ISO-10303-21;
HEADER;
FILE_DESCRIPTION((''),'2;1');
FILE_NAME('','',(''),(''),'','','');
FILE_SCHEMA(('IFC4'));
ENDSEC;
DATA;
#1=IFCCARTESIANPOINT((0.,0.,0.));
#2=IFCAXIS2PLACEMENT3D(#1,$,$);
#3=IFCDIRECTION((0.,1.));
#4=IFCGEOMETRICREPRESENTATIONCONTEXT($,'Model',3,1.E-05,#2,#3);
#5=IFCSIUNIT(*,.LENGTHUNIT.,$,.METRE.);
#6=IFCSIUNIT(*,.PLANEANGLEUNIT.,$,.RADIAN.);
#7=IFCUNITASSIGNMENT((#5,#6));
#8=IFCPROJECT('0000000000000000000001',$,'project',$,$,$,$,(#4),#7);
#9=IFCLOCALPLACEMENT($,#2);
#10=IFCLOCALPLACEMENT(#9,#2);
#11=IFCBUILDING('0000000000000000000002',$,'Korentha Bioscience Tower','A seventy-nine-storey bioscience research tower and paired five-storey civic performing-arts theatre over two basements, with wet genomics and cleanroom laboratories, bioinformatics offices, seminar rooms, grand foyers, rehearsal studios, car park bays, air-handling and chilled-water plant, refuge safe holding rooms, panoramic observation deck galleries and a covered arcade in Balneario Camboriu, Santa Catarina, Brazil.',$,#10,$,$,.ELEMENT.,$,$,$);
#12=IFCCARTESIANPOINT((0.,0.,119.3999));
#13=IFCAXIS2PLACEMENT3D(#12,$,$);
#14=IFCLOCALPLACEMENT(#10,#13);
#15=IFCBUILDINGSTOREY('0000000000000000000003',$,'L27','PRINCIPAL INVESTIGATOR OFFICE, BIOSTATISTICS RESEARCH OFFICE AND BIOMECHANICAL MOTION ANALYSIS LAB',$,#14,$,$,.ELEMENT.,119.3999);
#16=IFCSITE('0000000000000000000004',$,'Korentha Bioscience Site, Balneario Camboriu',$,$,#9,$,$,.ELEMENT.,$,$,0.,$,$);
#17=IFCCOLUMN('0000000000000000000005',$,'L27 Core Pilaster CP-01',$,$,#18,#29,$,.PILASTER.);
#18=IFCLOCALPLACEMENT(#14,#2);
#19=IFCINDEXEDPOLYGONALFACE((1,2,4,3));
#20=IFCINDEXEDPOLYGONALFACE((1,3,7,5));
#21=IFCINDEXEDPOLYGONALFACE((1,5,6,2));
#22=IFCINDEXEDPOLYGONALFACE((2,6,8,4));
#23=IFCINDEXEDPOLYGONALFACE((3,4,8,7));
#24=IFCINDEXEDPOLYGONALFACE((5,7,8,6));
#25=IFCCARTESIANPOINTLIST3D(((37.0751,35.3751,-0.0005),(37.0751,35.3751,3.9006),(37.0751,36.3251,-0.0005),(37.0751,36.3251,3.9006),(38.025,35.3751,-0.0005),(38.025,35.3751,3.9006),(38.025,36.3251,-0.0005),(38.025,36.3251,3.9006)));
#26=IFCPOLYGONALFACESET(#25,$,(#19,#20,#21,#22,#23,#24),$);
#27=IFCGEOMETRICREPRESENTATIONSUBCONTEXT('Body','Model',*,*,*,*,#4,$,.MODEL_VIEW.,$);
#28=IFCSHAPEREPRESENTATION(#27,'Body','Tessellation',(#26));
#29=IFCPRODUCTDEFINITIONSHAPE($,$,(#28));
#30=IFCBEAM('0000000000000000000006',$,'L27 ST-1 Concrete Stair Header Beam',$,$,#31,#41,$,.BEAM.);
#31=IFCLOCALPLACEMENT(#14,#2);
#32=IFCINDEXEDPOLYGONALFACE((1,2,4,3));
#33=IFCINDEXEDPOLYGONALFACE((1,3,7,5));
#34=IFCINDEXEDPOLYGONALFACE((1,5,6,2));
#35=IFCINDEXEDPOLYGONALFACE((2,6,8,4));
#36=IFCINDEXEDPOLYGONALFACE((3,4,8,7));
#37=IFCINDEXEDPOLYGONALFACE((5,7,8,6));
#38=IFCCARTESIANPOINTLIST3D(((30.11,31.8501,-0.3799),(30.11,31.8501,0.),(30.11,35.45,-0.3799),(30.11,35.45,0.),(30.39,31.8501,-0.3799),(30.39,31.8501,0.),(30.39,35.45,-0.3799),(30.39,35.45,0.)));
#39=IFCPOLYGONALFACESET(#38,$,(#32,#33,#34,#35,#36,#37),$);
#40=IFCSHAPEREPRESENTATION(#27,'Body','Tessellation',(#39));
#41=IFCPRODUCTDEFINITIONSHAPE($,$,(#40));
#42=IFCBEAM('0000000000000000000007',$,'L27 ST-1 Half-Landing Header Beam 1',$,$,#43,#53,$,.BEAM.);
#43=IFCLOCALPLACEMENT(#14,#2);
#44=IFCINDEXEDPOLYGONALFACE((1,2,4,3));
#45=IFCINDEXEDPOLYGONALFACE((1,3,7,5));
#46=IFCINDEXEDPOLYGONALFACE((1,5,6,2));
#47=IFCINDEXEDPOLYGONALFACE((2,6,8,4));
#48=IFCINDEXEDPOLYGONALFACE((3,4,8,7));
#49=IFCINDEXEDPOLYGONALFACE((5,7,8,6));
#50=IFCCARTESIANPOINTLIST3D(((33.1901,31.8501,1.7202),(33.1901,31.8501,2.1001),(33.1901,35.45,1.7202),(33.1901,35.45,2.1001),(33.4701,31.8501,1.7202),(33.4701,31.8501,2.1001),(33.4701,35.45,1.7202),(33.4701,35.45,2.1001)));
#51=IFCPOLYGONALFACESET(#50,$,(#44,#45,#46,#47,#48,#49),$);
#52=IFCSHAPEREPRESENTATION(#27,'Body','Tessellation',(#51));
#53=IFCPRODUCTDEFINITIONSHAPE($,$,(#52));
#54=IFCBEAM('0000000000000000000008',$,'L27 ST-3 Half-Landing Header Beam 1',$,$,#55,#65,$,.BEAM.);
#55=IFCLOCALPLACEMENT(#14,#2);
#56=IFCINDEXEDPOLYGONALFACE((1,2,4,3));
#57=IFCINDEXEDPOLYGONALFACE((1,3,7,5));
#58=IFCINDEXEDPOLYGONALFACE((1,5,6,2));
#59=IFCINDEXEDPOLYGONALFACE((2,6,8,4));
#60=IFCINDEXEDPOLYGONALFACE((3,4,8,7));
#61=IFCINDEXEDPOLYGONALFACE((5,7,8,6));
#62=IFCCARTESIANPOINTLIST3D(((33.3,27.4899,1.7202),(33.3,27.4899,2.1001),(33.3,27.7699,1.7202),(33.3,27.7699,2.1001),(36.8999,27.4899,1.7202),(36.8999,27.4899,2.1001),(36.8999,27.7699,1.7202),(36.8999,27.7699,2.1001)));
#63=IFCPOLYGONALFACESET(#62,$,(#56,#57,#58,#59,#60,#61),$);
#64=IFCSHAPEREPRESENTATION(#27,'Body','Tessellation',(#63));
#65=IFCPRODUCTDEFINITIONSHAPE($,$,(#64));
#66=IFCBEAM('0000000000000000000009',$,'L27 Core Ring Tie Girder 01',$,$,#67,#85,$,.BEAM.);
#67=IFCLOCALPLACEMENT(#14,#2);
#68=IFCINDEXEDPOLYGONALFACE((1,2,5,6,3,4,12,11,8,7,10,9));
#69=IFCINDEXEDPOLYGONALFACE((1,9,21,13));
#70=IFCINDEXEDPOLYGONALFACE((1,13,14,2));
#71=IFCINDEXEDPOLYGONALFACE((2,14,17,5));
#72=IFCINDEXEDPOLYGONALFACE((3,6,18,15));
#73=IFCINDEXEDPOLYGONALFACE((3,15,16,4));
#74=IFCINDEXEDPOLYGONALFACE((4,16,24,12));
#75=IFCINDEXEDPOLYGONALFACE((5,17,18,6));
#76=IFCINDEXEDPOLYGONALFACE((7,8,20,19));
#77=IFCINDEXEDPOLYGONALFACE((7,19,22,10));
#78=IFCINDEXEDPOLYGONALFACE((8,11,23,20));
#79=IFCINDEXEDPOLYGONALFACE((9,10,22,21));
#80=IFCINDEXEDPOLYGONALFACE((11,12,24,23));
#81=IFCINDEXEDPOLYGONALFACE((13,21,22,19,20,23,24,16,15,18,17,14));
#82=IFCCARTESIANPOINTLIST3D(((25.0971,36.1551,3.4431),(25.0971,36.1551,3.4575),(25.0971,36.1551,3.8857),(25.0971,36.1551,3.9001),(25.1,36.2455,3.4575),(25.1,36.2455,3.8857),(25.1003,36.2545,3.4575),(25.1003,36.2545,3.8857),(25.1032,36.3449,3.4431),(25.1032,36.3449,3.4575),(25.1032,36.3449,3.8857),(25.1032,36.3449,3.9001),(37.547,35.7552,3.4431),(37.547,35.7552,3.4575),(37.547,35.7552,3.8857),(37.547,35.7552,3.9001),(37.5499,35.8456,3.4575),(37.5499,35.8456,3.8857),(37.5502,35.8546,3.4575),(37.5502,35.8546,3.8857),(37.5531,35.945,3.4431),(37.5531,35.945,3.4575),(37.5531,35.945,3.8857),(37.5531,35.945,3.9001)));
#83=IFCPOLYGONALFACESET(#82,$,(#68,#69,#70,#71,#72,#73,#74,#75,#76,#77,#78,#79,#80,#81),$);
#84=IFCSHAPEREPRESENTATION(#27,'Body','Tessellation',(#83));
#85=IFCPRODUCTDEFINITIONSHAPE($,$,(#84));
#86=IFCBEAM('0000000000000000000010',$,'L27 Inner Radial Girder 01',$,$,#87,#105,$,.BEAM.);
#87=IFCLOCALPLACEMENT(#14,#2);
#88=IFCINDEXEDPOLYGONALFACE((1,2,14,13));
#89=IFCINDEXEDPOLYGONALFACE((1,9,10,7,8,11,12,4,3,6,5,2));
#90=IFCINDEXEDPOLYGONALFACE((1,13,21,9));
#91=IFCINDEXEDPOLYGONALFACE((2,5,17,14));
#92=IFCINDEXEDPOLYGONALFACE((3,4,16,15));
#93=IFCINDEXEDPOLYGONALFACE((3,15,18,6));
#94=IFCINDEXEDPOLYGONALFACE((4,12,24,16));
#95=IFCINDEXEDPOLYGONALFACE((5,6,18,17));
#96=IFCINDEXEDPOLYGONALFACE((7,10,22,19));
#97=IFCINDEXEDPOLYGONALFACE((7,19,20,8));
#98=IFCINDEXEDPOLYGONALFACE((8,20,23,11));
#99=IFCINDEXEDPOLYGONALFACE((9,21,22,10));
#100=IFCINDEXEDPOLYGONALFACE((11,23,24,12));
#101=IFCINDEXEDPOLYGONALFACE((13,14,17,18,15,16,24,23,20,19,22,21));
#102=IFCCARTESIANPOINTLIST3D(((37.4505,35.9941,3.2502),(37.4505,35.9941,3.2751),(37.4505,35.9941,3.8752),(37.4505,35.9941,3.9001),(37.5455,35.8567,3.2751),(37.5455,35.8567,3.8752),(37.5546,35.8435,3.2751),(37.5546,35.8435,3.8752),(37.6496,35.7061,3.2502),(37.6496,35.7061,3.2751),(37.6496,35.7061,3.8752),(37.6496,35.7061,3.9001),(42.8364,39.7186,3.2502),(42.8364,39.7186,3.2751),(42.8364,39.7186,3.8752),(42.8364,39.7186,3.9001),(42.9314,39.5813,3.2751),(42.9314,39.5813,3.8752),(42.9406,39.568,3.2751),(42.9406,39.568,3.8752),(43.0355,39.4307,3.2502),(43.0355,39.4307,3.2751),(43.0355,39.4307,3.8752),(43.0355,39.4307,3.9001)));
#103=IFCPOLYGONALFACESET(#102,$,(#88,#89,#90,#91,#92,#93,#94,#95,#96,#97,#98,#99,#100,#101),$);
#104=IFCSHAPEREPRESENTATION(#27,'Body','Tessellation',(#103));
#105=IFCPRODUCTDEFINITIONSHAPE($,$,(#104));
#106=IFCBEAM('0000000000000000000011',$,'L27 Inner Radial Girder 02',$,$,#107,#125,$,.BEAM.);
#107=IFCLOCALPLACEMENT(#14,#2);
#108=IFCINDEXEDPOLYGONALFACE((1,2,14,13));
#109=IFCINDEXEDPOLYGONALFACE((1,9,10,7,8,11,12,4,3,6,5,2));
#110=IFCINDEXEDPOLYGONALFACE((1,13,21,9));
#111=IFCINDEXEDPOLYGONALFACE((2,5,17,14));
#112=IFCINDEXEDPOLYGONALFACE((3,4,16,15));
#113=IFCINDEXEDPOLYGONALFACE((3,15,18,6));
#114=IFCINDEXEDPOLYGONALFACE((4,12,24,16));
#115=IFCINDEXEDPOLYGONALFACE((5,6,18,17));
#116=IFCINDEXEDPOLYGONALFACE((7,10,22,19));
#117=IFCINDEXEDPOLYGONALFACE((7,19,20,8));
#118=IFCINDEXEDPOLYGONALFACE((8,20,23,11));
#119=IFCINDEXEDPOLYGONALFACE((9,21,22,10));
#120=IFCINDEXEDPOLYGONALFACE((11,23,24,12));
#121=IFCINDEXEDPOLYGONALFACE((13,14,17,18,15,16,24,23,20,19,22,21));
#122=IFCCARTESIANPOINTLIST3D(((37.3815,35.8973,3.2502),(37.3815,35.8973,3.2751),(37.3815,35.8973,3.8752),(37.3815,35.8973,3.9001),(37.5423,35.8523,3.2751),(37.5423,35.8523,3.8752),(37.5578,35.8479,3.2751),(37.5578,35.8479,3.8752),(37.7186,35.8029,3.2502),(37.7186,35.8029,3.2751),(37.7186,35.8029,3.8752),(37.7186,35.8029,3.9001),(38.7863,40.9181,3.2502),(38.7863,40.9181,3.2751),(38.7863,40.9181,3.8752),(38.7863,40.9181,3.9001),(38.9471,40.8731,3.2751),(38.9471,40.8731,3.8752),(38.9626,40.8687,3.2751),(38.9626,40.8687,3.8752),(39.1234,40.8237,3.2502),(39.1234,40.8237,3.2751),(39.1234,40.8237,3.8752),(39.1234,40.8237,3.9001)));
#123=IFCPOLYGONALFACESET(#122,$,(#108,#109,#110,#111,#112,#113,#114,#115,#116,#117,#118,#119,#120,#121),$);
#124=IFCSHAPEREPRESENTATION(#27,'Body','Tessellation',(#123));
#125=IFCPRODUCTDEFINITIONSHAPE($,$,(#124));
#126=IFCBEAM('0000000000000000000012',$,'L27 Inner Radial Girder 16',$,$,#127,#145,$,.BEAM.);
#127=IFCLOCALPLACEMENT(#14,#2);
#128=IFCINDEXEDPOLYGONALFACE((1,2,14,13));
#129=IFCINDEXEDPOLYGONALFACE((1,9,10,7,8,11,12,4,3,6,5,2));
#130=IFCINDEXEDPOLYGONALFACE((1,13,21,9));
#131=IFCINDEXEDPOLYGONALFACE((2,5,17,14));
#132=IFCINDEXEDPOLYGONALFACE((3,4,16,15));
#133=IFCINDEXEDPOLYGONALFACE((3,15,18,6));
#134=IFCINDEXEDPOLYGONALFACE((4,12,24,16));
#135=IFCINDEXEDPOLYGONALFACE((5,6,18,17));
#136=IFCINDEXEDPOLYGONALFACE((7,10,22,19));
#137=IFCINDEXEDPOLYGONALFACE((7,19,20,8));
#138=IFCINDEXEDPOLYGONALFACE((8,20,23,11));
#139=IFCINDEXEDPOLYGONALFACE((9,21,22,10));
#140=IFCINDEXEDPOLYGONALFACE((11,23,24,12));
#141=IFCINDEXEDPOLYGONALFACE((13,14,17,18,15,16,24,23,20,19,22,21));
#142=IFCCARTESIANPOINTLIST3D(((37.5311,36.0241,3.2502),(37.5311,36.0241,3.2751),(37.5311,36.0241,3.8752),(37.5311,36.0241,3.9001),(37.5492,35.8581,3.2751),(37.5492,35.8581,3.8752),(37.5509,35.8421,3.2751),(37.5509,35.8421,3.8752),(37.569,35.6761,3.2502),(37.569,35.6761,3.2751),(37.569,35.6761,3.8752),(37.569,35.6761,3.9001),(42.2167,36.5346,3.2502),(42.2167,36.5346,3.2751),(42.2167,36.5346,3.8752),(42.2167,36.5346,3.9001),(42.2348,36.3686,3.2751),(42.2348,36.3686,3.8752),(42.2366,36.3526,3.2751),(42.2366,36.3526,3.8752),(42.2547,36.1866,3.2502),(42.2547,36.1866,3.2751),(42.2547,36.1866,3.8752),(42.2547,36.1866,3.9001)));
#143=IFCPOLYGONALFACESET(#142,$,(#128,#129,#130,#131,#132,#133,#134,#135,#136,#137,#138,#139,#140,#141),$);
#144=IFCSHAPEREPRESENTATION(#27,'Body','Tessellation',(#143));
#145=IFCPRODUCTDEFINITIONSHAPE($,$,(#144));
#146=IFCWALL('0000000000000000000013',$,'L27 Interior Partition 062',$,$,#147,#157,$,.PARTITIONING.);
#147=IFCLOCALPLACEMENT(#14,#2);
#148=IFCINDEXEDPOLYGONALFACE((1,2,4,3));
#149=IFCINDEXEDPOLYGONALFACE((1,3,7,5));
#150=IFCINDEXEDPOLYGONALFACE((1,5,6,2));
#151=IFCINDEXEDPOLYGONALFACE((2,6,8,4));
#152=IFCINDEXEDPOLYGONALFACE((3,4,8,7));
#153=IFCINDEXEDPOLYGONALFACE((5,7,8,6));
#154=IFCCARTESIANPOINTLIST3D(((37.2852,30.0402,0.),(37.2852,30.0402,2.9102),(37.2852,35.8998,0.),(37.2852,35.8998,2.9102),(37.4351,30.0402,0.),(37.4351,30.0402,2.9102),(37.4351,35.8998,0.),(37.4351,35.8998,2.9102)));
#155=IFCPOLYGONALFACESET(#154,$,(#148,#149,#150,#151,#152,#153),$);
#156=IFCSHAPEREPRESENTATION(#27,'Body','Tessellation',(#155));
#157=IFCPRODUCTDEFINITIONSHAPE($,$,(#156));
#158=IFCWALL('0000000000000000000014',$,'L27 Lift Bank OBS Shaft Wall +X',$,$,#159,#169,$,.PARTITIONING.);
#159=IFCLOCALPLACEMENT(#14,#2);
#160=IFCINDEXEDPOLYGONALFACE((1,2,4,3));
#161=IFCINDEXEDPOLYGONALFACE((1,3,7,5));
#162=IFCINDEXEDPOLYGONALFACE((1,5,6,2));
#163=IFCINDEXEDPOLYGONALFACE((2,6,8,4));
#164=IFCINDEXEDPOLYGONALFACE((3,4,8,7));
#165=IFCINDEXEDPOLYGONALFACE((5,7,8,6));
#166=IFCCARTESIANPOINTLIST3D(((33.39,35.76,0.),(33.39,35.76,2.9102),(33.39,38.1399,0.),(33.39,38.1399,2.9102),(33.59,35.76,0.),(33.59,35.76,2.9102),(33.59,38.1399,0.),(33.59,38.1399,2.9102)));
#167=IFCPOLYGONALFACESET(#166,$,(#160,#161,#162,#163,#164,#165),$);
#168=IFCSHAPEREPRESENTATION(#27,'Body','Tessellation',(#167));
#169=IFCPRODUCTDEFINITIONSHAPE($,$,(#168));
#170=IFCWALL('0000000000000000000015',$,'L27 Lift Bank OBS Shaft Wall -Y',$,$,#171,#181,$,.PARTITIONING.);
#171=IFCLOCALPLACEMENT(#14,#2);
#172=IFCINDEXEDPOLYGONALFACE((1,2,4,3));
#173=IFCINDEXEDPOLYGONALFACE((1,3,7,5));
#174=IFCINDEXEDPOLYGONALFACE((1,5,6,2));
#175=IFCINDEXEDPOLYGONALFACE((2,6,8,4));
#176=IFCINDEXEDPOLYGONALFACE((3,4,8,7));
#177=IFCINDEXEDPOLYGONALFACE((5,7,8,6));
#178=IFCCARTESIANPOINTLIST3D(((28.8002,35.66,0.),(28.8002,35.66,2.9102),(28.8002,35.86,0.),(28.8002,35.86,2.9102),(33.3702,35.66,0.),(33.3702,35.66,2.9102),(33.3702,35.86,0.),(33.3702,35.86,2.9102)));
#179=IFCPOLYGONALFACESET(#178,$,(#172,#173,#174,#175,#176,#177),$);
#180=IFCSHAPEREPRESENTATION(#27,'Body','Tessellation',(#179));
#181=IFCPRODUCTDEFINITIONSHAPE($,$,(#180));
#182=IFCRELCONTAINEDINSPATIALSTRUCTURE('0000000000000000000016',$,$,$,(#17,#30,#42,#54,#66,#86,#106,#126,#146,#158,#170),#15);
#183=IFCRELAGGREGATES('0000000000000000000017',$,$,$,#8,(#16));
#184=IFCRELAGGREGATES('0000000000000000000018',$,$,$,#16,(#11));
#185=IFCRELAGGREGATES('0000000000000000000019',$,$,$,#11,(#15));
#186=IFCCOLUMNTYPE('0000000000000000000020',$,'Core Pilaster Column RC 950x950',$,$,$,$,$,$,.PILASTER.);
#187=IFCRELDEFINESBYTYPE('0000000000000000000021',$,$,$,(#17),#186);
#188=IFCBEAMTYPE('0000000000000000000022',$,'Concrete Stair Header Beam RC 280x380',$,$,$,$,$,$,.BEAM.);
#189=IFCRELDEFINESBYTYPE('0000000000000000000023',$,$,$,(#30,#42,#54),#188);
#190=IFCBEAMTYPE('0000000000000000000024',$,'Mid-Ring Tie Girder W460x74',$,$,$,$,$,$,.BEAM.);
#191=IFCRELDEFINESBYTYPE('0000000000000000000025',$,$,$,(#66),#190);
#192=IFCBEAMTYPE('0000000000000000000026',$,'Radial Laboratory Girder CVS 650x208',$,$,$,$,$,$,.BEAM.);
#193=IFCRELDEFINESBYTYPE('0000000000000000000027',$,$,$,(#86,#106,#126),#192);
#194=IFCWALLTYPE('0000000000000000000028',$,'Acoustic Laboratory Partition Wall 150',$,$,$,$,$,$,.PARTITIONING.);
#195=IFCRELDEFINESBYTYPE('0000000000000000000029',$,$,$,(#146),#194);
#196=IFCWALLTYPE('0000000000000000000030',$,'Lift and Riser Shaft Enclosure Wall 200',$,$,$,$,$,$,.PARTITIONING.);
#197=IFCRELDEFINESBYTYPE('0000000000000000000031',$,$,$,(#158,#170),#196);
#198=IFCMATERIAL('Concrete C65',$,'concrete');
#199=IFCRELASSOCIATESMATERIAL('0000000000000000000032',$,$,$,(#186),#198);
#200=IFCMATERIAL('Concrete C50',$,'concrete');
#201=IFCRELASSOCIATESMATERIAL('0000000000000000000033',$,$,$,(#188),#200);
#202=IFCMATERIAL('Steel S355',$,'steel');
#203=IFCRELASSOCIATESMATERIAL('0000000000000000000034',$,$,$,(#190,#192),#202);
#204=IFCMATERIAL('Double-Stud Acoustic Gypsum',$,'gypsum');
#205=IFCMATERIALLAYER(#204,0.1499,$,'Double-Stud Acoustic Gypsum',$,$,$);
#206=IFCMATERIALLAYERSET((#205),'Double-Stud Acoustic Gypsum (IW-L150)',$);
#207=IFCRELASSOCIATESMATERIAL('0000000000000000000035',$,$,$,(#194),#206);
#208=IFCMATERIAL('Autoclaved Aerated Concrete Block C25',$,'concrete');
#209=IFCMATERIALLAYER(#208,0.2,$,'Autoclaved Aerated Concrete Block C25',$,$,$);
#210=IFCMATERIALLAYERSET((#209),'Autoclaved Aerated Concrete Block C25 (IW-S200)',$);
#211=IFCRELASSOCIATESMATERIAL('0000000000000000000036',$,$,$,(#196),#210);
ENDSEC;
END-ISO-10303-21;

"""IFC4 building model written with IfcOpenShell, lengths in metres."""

from ifc_helpers import new_model, si_unit, direction, frame, frame_2d, origin, origin_2d, place, context, subcontext, project, spatial, rectangle, i_section, extrude, material, layer, layer_set, material_profile, profile_set, type_object, element, save


model = new_model("IFC4")

# Units and contexts
model_context = context("Model", 3, precision=1e-05, world=origin(), true_north=direction((0.0, 1.0)))
body_context = subcontext(model_context, "Body", "Model", "MODEL_VIEW")
ifc_project = project(units=[si_unit("LENGTHUNIT", "METRE"), si_unit("PLANEANGLEUNIT", "RADIAN")], contexts=[model_context])

# Site, building, storey
site_placement = place(None, origin())
site = spatial("IfcSite", under=ifc_project, at=site_placement, Name="Korentha Bioscience Site, Balneario Camboriu", CompositionType="ELEMENT", RefElevation=0.0)
building_placement = place(site_placement, origin())
building = spatial("IfcBuilding", under=site, at=building_placement, Name="Korentha Bioscience Tower", Description="A seventy-nine-storey bioscience research tower and paired five-storey civic performing-arts theatre over two basements, with wet genomics and cleanroom laboratories, bioinformatics offices, seminar rooms, grand foyers, rehearsal studios, car park bays, air-handling and chilled-water plant, refuge safe holding rooms, panoramic observation deck galleries and a covered arcade in Balneario Camboriu, Santa Catarina, Brazil.", CompositionType="ELEMENT")
storey_placement = place(building_placement, frame((0.0, 0.0, 119.3999)))
storey = spatial("IfcBuildingStorey", under=building, at=storey_placement, Name="L27", Description="PRINCIPAL INVESTIGATOR OFFICE, BIOSTATISTICS RESEARCH OFFICE AND BIOMECHANICAL MOTION ANALYSIS LAB", CompositionType="ELEMENT", Elevation=119.3999)

# Column
ifc_material_1 = material(Name="Concrete C65", Category="concrete")
ifc_material_profile_1 = material_profile(ifc_material_1, rectangle(XDim=0.95, YDim=0.95, at=origin_2d()), Name="Concrete C65")
ifc_profile_set_1 = profile_set([ifc_material_profile_1], Name="Concrete C65 (COL-CP09)")
column_type = type_object("IfcColumnType", Name="Core Pilaster Column RC 950x950", PredefinedType="PILASTER", material=ifc_profile_set_1)
column_placement = place(storey_placement, frame((37.55, 35.8501, -0.0005), z_axis=(0.0, 0.0, 1.0), x_axis=(1.0, 0.0, 0.0)))
element("IfcColumn", 1, at=column_placement, inside=storey, type_object=column_type, Name="L27 Core Pilaster CP-01", PredefinedType="PILASTER", context=body_context, shape_type="SweptSolid", body=[
    extrude(rectangle(XDim=0.95, YDim=0.95, at=origin_2d()), origin(), (0.0, 0.0, 1.0), 3.9011),
])

# Beams
ifc_material_2 = material(Name="Concrete C50", Category="concrete")
ifc_material_profile_2 = material_profile(ifc_material_2, rectangle(XDim=0.28, YDim=0.3799, at=origin_2d()), Name="Concrete C50")
ifc_profile_set_2 = profile_set([ifc_material_profile_2], Name="Concrete C50 (ST-HB380)")
beam_type_1 = type_object("IfcBeamType", Name="Concrete Stair Header Beam RC 280x380", PredefinedType="BEAM", material=ifc_profile_set_2)
for number, where, z_axis, x_axis, name in (
    (2, (30.25, 31.8501, -0.1899), (0.0, 1.0, 0.0), (-1.0, 0.0, 0.0), "L27 ST-1 Concrete Stair Header Beam"),
    (3, (33.3301, 31.8501, 1.9102), (0.0, 1.0, 0.0), (-1.0, 0.0, 0.0), "L27 ST-1 Half-Landing Header Beam 1"),
    (4, (36.8999, 27.6299, 1.9102), (-1.0, 0.0, 0.0), (0.0, -1.0, 0.0), "L27 ST-3 Half-Landing Header Beam 1"),
):
    element("IfcBeam", number, at=place(storey_placement, frame(where, z_axis=z_axis, x_axis=x_axis)), inside=storey, type_object=beam_type_1, Name=name, PredefinedType="BEAM", context=body_context, shape_type="SweptSolid", body=[
        extrude(rectangle(XDim=0.28, YDim=0.3799, at=origin_2d()), origin(), (0.0, 0.0, 1.0), 3.5999),
    ])
ifc_material_3 = material(Name="Steel S355", Category="steel")
ifc_material_profile_3 = material_profile(ifc_material_3, i_section(OverallWidth=0.1899, OverallDepth=0.457, WebThickness=0.009, FlangeThickness=0.0144, at=origin_2d()), Name="Steel S355")
ifc_profile_set_3 = profile_set([ifc_material_profile_3], Name="Steel S355 (MB-460)")
beam_type_2 = type_object("IfcBeamType", Name="Mid-Ring Tie Girder W460x74", PredefinedType="BEAM", material=ifc_profile_set_3)
beam_1_placement = place(storey_placement, frame((37.55, 35.8501, 3.6716), z_axis=(-0.999485, 0.032104, 0.0), x_axis=(-0.032104, -0.999485, 0.0)))
element("IfcBeam", 5, at=beam_1_placement, inside=storey, type_object=beam_type_2, Name="L27 Core Ring Tie Girder 01", PredefinedType="BEAM", context=body_context, shape_type="SweptSolid", body=[
    extrude(i_section(OverallWidth=0.1899, OverallDepth=0.457, WebThickness=0.009, FlangeThickness=0.0144, at=origin_2d()), origin(), (0.0, 0.0, 1.0), 12.4563),
])
ifc_material_profile_4 = material_profile(ifc_material_3, i_section(OverallWidth=0.3501, OverallDepth=0.6499, WebThickness=0.0161, FlangeThickness=0.0249, at=origin_2d()), Name="Steel S355")
ifc_profile_set_4 = profile_set([ifc_material_profile_4], Name="Steel S355 (RB-650)")
beam_type_3 = type_object("IfcBeamType", Name="Radial Laboratory Girder CVS 650x208", PredefinedType="BEAM", material=ifc_profile_set_4)
beam_2_placement = place(storey_placement, frame((37.55, 35.8501, 3.5752), z_axis=(0.822489, 0.568781, 0.0), x_axis=(-0.568781, 0.822489, 0.0)))
element("IfcBeam", 6, at=beam_2_placement, inside=storey, type_object=beam_type_3, Name="L27 Inner Radial Girder 01", PredefinedType="BEAM", context=body_context, shape_type="SweptSolid", body=[
    extrude(i_section(OverallWidth=0.3501, OverallDepth=0.6499, WebThickness=0.0161, FlangeThickness=0.0249, at=origin_2d()), origin(), (0.0, 0.0, 1.0), 6.5483),
])
beam_3_placement = place(storey_placement, frame((37.55, 35.8501, 3.5752), z_axis=(0.269448, 0.963015, 0.0), x_axis=(-0.963015, 0.269448, 0.0)))
element("IfcBeam", 7, at=beam_3_placement, inside=storey, type_object=beam_type_3, Name="L27 Inner Radial Girder 02", PredefinedType="BEAM", context=body_context, shape_type="SweptSolid", body=[
    extrude(i_section(OverallWidth=0.3501, OverallDepth=0.6499, WebThickness=0.0161, FlangeThickness=0.0249, at=origin_2d()), origin(), (0.0, 0.0, 1.0), 5.2136),
])
beam_4_placement = place(storey_placement, frame((37.55, 35.8501, 3.5752), z_axis=(0.994117, 0.108311, 0.0), x_axis=(-0.108311, 0.994117, 0.0)))
element("IfcBeam", 8, at=beam_4_placement, inside=storey, type_object=beam_type_3, Name="L27 Inner Radial Girder 16", PredefinedType="BEAM", context=body_context, shape_type="SweptSolid", body=[
    extrude(i_section(OverallWidth=0.3501, OverallDepth=0.6499, WebThickness=0.0161, FlangeThickness=0.0249, at=origin_2d()), origin(), (0.0, 0.0, 1.0), 4.7134),
])

# Walls
ifc_material_4 = material(Name="Double-Stud Acoustic Gypsum", Category="gypsum")
ifc_layer_1 = layer(ifc_material_4, 0.1499, Name="Double-Stud Acoustic Gypsum")
ifc_layer_set_1 = layer_set([ifc_layer_1], Name="Double-Stud Acoustic Gypsum (IW-L150)")
wall_type_1 = type_object("IfcWallType", Name="Acoustic Laboratory Partition Wall 150", PredefinedType="PARTITIONING", material=ifc_layer_set_1)
wall_1_placement = place(storey_placement, frame((37.3601, 30.0403, 0.0), z_axis=(0.0, 0.0, 1.0), x_axis=(0.0, 1.0, 0.0)))
element("IfcWall", 9, at=wall_1_placement, inside=storey, type_object=wall_type_1, Name="L27 Interior Partition 062", PredefinedType="PARTITIONING", context=body_context, shape_type="SweptSolid", body=[
    extrude(rectangle(XDim=5.8596, YDim=0.1499, at=frame_2d((2.9297, 0.0))), origin(), (0.0, 0.0, 1.0), 2.9102),
])
ifc_material_5 = material(Name="Autoclaved Aerated Concrete Block C25", Category="concrete")
ifc_layer_2 = layer(ifc_material_5, 0.2, Name="Autoclaved Aerated Concrete Block C25")
ifc_layer_set_2 = layer_set([ifc_layer_2], Name="Autoclaved Aerated Concrete Block C25 (IW-S200)")
wall_type_2 = type_object("IfcWallType", Name="Lift and Riser Shaft Enclosure Wall 200", PredefinedType="PARTITIONING", material=ifc_layer_set_2)
wall_2_placement = place(storey_placement, frame((33.49, 35.76, 0.0), z_axis=(0.0, 0.0, 1.0), x_axis=(0.0, 1.0, 0.0)))
element("IfcWall", 10, at=wall_2_placement, inside=storey, type_object=wall_type_2, Name="L27 Lift Bank OBS Shaft Wall +X", PredefinedType="PARTITIONING", context=body_context, shape_type="SweptSolid", body=[
    extrude(rectangle(XDim=2.3799, YDim=0.2, at=frame_2d((1.1899, 0.0))), origin(), (0.0, 0.0, 1.0), 2.9102),
])
wall_3_placement = place(storey_placement, frame((28.8, 35.76, 0.0), z_axis=(0.0, 0.0, 1.0), x_axis=(1.0, 0.0, 0.0)))
element("IfcWall", 11, at=wall_3_placement, inside=storey, type_object=wall_type_2, Name="L27 Lift Bank OBS Shaft Wall -Y", PredefinedType="PARTITIONING", context=body_context, shape_type="SweptSolid", body=[
    extrude(rectangle(XDim=4.5701, YDim=0.2, at=frame_2d((2.2852, 0.0))), origin(), (0.0, 0.0, 1.0), 2.9102),
])

save(model, "model.ifc")
